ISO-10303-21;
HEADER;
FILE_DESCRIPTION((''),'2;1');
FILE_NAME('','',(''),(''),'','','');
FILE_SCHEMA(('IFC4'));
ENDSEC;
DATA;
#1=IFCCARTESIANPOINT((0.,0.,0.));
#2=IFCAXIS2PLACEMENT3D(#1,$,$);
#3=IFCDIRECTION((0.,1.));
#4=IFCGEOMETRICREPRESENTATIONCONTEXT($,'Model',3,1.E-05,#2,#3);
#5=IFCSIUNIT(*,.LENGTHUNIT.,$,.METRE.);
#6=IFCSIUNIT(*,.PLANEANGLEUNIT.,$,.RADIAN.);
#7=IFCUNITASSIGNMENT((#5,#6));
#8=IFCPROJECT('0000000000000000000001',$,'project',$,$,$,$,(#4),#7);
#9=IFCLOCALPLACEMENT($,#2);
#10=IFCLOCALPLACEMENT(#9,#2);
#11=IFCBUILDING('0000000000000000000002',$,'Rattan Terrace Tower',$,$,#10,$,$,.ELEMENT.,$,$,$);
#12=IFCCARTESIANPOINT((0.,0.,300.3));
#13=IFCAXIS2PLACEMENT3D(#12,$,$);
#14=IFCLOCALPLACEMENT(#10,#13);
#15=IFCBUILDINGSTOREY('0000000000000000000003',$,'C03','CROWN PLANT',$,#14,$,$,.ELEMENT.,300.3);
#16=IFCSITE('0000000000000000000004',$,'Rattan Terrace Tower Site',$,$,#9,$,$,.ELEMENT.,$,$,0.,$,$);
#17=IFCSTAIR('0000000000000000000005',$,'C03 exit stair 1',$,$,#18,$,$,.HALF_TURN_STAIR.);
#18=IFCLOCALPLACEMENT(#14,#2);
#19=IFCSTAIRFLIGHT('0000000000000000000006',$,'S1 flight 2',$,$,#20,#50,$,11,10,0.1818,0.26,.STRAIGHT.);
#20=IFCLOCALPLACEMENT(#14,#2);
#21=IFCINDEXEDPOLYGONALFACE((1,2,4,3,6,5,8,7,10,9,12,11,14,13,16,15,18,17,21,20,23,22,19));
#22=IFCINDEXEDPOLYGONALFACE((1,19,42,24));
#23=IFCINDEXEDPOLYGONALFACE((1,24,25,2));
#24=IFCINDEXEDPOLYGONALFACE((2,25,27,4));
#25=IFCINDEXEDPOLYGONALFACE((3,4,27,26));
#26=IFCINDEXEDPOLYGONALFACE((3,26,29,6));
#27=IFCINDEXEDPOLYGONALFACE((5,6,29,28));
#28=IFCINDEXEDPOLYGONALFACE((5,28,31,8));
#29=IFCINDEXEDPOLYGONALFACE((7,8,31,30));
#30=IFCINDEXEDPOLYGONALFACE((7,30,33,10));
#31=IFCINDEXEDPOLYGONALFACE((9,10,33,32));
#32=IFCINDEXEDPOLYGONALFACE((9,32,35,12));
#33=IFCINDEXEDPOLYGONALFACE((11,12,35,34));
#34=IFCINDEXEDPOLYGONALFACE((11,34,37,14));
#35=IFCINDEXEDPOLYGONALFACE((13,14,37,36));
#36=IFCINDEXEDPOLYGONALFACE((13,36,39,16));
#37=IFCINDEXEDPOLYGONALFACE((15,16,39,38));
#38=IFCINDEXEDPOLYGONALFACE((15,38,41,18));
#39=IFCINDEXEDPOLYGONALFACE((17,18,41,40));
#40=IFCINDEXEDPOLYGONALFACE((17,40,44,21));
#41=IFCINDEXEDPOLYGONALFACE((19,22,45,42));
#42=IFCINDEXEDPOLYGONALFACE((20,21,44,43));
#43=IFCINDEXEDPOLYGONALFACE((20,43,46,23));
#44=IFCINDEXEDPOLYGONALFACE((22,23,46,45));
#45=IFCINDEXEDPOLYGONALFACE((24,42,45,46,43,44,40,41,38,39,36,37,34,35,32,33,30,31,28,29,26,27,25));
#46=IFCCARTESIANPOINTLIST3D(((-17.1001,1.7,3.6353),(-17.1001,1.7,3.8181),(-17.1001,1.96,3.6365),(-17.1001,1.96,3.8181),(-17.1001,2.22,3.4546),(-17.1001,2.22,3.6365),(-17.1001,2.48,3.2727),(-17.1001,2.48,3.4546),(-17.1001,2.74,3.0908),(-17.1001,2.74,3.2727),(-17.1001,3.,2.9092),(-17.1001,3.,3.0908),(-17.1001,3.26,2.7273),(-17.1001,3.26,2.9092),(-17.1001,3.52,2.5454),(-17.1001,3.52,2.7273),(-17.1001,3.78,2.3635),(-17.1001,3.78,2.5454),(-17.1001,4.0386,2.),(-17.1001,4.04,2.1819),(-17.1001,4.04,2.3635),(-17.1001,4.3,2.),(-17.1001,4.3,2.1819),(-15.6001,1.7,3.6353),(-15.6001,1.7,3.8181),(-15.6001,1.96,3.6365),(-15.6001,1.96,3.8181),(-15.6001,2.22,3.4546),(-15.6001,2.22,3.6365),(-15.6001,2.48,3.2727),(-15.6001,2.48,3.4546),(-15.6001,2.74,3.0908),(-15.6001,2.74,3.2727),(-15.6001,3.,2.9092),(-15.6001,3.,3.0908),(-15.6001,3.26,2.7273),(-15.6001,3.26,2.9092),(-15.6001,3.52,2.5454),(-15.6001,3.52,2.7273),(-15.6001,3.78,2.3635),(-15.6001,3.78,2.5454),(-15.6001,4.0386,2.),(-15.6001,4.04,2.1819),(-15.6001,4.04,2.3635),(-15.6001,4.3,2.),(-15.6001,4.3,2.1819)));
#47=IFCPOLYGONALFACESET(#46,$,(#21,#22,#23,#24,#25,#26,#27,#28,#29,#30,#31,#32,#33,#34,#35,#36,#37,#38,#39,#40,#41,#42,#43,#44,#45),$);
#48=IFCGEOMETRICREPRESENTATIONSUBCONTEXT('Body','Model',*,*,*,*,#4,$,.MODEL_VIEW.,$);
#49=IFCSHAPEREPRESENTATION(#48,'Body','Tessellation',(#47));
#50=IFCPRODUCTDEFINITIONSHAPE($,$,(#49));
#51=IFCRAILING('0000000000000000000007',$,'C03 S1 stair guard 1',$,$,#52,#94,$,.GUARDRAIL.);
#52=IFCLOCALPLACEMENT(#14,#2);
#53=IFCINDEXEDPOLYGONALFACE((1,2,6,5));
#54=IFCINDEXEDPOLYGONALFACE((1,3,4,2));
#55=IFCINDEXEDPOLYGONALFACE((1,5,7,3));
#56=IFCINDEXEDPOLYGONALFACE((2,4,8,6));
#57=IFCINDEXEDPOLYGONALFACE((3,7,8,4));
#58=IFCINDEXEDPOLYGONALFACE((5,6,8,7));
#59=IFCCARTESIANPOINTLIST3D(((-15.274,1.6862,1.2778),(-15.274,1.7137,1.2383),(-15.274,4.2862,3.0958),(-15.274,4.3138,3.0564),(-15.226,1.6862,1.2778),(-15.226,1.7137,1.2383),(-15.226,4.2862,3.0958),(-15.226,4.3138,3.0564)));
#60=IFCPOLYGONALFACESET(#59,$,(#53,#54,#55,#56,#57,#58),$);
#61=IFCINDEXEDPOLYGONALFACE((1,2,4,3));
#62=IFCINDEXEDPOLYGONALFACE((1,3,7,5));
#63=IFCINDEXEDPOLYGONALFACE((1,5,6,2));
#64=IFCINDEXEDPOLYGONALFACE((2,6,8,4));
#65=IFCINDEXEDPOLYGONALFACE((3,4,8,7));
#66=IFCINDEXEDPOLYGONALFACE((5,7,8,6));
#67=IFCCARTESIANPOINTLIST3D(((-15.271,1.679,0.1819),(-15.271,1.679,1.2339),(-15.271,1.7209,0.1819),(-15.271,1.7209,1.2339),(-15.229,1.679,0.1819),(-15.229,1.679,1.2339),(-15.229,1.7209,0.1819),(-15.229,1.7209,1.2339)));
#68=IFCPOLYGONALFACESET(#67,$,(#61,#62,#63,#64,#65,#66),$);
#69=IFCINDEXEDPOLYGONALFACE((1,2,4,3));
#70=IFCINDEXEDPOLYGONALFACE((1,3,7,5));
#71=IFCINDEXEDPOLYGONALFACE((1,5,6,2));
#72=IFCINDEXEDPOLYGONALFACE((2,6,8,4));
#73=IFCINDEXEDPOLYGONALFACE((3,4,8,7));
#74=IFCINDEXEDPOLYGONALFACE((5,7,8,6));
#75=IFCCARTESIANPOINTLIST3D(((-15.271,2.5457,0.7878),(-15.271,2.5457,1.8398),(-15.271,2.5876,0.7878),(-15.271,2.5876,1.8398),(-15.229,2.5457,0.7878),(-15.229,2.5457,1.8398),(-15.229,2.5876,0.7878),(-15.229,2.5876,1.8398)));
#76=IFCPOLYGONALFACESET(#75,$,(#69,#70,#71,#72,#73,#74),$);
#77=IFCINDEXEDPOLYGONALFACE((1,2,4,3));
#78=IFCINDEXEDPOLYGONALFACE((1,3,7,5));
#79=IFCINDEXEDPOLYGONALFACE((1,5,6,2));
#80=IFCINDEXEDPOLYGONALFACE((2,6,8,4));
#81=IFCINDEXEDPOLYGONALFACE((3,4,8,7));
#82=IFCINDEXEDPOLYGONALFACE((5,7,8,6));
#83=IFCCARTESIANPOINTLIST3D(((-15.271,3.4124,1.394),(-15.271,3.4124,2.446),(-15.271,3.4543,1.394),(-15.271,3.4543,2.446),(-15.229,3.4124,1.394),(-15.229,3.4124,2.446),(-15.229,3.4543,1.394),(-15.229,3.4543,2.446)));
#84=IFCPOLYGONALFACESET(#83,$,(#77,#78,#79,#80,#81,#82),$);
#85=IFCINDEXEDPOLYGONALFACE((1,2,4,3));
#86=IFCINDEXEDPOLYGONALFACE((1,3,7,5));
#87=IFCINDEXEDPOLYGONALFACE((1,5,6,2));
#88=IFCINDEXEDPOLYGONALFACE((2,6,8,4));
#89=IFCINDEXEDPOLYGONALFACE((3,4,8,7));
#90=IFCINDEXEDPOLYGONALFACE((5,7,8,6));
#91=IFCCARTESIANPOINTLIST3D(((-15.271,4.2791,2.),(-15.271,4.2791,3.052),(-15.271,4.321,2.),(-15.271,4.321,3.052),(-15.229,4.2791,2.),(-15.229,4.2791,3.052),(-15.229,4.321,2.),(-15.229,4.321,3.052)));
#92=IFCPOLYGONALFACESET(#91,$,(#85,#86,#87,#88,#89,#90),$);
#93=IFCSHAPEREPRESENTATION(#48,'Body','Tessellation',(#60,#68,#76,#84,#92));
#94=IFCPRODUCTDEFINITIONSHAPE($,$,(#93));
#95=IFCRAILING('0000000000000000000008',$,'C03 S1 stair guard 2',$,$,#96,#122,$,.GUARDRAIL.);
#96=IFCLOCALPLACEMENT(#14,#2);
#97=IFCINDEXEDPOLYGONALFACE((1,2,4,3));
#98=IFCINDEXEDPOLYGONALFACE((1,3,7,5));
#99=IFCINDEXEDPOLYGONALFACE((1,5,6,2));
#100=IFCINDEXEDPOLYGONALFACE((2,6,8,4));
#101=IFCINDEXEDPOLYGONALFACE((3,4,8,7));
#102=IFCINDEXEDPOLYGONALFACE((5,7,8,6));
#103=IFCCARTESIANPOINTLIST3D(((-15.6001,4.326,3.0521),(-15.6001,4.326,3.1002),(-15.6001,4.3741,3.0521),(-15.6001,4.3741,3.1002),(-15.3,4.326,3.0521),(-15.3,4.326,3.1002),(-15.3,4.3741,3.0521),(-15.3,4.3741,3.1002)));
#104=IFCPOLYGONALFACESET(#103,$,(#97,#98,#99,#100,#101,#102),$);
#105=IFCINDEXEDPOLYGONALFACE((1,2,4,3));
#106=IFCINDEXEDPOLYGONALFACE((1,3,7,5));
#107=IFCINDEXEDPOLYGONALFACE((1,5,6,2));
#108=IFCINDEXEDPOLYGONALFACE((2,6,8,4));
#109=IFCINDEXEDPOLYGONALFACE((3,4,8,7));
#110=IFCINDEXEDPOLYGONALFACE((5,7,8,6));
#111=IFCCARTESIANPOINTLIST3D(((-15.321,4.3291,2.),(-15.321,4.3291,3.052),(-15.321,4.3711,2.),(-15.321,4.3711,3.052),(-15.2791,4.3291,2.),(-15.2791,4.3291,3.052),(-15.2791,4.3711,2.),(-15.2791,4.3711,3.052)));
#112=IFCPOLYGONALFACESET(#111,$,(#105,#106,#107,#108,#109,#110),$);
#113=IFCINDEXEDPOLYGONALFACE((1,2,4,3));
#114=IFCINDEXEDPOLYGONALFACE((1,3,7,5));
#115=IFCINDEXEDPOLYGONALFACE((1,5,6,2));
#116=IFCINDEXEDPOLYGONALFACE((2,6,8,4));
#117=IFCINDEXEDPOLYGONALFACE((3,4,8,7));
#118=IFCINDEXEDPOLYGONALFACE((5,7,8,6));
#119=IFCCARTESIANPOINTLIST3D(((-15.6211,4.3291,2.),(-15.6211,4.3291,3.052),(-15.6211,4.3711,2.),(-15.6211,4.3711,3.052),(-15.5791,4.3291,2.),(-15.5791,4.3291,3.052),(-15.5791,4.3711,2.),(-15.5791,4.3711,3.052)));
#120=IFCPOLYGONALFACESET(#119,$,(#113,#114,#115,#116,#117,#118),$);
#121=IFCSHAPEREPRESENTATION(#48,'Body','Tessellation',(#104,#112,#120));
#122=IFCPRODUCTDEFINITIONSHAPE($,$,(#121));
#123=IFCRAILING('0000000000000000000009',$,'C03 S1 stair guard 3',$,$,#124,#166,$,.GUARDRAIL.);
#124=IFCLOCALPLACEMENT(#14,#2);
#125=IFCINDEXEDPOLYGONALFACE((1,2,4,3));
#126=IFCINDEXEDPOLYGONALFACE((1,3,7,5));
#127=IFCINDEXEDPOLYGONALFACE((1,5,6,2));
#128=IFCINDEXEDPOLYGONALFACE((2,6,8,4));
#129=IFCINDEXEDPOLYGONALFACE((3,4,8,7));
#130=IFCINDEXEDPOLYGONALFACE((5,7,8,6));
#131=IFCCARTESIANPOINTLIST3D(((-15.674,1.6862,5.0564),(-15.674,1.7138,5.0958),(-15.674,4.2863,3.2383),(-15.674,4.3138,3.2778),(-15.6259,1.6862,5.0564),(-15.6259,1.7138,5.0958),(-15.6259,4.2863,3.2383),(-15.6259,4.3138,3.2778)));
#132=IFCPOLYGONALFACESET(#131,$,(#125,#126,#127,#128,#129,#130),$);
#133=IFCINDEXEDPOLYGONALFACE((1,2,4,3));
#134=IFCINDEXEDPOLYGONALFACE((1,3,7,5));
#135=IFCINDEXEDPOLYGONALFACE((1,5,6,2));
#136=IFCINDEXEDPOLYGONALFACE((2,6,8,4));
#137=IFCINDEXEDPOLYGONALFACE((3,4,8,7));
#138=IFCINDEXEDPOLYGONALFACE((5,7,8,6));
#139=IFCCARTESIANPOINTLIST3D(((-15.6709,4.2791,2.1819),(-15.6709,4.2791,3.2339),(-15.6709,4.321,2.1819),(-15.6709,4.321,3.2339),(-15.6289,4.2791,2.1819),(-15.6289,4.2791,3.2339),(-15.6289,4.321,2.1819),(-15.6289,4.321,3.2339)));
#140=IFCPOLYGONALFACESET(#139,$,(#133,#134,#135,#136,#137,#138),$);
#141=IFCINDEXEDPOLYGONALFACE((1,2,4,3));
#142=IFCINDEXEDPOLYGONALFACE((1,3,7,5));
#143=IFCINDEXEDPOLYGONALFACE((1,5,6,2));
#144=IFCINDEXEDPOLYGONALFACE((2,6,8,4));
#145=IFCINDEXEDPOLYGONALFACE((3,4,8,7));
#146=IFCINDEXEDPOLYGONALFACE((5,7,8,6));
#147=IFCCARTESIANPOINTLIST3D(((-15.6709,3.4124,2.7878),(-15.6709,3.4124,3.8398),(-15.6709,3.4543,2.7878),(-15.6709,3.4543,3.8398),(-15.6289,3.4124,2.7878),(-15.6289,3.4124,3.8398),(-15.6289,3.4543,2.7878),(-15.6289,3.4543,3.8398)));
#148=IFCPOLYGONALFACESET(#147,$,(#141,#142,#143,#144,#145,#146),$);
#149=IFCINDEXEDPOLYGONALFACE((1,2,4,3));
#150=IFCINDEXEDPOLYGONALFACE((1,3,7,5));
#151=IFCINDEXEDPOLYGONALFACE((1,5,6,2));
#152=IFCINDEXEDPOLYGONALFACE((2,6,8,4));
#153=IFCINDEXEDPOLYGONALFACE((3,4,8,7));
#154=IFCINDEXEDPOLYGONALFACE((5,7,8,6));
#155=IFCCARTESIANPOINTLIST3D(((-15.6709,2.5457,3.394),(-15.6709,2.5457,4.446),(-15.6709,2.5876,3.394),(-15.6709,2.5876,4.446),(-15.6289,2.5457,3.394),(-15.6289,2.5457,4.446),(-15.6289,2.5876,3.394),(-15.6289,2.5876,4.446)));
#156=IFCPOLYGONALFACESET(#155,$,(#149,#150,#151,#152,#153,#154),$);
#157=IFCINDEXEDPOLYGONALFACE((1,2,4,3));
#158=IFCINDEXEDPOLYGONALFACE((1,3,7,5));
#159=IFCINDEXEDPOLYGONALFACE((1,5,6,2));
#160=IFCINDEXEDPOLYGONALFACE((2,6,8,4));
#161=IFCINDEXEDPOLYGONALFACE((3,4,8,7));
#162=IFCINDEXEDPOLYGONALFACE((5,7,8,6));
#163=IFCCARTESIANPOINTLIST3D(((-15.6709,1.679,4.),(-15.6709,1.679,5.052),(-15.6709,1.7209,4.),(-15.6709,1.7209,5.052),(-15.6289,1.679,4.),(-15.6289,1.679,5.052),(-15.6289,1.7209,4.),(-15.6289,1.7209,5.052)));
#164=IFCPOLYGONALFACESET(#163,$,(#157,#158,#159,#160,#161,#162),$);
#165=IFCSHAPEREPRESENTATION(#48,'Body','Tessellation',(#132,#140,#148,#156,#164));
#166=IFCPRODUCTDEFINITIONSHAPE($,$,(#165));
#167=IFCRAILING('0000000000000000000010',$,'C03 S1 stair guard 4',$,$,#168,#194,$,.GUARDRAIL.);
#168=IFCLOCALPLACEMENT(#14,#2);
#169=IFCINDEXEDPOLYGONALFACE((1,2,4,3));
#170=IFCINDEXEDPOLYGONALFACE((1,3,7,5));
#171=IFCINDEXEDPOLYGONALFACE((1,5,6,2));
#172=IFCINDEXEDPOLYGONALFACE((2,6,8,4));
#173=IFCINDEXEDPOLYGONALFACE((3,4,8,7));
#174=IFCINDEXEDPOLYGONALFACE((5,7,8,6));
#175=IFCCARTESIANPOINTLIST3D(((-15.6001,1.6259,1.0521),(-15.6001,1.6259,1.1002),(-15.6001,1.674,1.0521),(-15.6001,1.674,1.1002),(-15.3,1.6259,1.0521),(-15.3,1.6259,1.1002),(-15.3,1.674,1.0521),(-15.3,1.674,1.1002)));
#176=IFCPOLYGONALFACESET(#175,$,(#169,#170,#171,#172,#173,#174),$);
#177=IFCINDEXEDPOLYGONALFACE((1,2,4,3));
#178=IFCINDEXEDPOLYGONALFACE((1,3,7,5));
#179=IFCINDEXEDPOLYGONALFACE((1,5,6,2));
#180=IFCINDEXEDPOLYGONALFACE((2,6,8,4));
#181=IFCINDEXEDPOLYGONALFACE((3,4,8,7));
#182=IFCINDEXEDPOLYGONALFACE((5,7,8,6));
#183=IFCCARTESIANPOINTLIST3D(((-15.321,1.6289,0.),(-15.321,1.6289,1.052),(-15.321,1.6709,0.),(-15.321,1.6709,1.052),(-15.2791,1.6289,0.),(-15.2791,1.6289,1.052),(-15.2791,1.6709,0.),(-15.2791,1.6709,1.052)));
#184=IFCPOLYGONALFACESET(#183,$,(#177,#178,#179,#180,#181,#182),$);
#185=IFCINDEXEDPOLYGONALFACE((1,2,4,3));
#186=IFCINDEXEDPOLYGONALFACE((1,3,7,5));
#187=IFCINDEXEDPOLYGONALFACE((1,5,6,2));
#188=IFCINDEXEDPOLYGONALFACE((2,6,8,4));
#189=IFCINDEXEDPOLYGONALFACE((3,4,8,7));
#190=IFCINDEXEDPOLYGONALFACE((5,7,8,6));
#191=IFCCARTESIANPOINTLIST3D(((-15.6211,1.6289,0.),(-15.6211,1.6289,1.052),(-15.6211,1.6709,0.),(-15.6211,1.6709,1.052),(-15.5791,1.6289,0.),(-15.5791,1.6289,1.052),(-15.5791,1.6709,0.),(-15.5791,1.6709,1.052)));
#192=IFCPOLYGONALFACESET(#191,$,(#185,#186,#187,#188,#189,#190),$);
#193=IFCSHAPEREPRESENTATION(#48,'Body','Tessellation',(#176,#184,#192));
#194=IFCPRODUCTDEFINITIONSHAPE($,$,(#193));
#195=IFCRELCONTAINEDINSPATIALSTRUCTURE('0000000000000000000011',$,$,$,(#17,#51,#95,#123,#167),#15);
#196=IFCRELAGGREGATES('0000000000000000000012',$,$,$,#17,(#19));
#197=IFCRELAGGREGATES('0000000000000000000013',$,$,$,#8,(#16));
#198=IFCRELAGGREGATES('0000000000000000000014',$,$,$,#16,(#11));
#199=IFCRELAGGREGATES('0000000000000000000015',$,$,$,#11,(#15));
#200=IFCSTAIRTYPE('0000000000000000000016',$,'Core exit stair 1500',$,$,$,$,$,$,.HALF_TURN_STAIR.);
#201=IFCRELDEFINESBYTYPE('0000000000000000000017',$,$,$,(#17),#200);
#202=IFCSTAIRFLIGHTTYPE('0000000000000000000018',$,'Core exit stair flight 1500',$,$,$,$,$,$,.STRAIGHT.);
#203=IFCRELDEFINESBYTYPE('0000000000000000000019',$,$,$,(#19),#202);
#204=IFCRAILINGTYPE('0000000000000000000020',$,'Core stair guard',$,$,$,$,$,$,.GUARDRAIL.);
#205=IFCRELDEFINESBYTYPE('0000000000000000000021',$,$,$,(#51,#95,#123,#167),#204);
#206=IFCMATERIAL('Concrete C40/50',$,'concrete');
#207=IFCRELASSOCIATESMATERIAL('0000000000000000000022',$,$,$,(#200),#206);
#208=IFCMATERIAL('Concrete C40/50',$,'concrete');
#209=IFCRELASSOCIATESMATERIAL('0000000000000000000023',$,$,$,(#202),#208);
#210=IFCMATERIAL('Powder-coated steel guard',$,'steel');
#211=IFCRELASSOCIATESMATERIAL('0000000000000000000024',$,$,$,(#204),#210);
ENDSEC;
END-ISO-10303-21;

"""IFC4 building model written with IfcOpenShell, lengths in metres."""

from ifc_helpers import new_model, si_unit, direction, frame, origin, origin_2d, place, context, subcontext, project, spatial, polyline, rectangle, outline, extrude, material, type_object, element, aggregate, save


model = new_model("IFC4")

# Units and contexts
model_context = context("Model", 3, precision=1e-05, world=origin(), true_north=direction((0.0, 1.0)))
body_context = subcontext(model_context, "Body", "Model", "MODEL_VIEW")
ifc_project = project(units=[si_unit("LENGTHUNIT", "METRE"), si_unit("PLANEANGLEUNIT", "RADIAN")], contexts=[model_context])

# Site, building, storey
site_placement = place(None, origin())
site = spatial("IfcSite", under=ifc_project, at=site_placement, Name="Rattan Terrace Tower Site", CompositionType="ELEMENT", RefElevation=0.0)
building_placement = place(site_placement, origin())
building = spatial("IfcBuilding", under=site, at=building_placement, Name="Rattan Terrace Tower", CompositionType="ELEMENT")
storey_placement = place(building_placement, frame((0.0, 0.0, 300.3)))
storey = spatial("IfcBuildingStorey", under=building, at=storey_placement, Name="C03", Description="CROWN PLANT", CompositionType="ELEMENT", Elevation=300.3)

# Stair, stair flight
ifc_material_1 = material(Name="Concrete C40/50", Category="concrete")
stair_type = type_object("IfcStairType", Name="Core exit stair 1500", PredefinedType="HALF_TURN_STAIR", material=ifc_material_1)
stair_placement = place(storey_placement, origin())
stair = element("IfcStair", 1, at=stair_placement, inside=storey, type_object=stair_type, Name="C03 exit stair 1", PredefinedType="HALF_TURN_STAIR")
ifc_material_2 = material(Name="Concrete C40/50", Category="concrete")
stair_flight_type = type_object("IfcStairFlightType", Name="Core exit stair flight 1500", PredefinedType="STRAIGHT", material=ifc_material_2)
stair_flight_1_placement = place(storey_placement, frame((-16.3501, 4.3, 2.0), z_axis=(0.0, 0.0, 1.0), x_axis=(0.0, -1.0, 0.0)))
stair_flight_1 = element("IfcStairFlight", 2, at=stair_flight_1_placement, type_object=stair_flight_type, Name="S1 flight 2", NumberOfRisers=11, NumberOfTreads=10, PredefinedType="STRAIGHT", RiserHeight=0.1818, TreadLength=0.26, context=body_context, shape_type="SweptSolid", body=[
    extrude(outline(polyline([(0.0, 0.0), (0.0, 0.1819), (0.26, 0.1819), (0.26, 0.3635), (0.52, 0.3635), (0.52, 0.5454), (0.78, 0.5454), (0.78, 0.7273), (1.04, 0.7273), (1.04, 0.9092), (1.3, 0.9092), (1.3, 1.0908), (1.5601, 1.0908), (1.5601, 1.2727), (1.8201, 1.2727), (1.8201, 1.4546), (2.0801, 1.4546), (2.0801, 1.6365), (2.3401, 1.6365), (2.3401, 1.8181), (2.6001, 1.8181), (2.6001, 2.0), (2.6001, 1.6353), (0.2615, 0.0), (0.0, 0.0)])), frame((0.0, 0.75, 0.0), z_axis=(0.0, -1.0, 0.0), x_axis=(1.0, 0.0, 0.0)), (0.0, 0.0, 1.0), 1.5),
])
aggregate(stair, [stair_flight_1])

# Railings
ifc_material_3 = material(Name="Powder-coated steel guard", Category="steel")
railing_type_1 = type_object("IfcRailingType", Name="Core stair guard", PredefinedType="GUARDRAIL", material=ifc_material_3)
railing_1_placement = place(storey_placement, frame((-15.25, 1.7, 0.1819)))
element("IfcRailing", 3, at=railing_1_placement, inside=storey, type_object=railing_type_1, Name="C03 S1 stair guard 1", PredefinedType="GUARDRAIL", context=body_context, shape_type="SweptSolid", body=[
    extrude(rectangle(XDim=0.0481, YDim=0.0481, at=origin_2d()), frame((0.0, 0.0, 1.0762), z_axis=(0.0, 0.819521, 0.573049), x_axis=(-1.0, 0.0, 0.0)), (0.0, 0.0, 1.0), 3.1726),
    extrude(rectangle(XDim=0.042, YDim=0.042, at=origin_2d()), origin(), (0.0, 0.0, 1.0), 1.052),
    extrude(rectangle(XDim=0.042, YDim=0.042, at=origin_2d()), frame((0.0, 0.8667, 0.606)), (0.0, 0.0, 1.0), 1.052),
    extrude(rectangle(XDim=0.042, YDim=0.042, at=origin_2d()), frame((0.0, 1.7334, 1.2122)), (0.0, 0.0, 1.0), 1.052),
    extrude(rectangle(XDim=0.042, YDim=0.042, at=origin_2d()), frame((0.0, 2.6001, 1.8181)), (0.0, 0.0, 1.0), 1.052),
])
railing_2_placement = place(storey_placement, frame((-15.3, 4.3501, 2.0)))
element("IfcRailing", 4, at=railing_2_placement, inside=storey, type_object=railing_type_1, Name="C03 S1 stair guard 2", PredefinedType="GUARDRAIL", context=body_context, shape_type="SweptSolid", body=[
    extrude(rectangle(XDim=0.0481, YDim=0.0481, at=origin_2d()), frame((0.0, 0.0, 1.0762), z_axis=(-1.0, 0.0, 0.0), x_axis=(0.0, -1.0, 0.0)), (0.0, 0.0, 1.0), 0.3),
    extrude(rectangle(XDim=0.042, YDim=0.042, at=origin_2d()), origin(), (0.0, 0.0, 1.0), 1.052),
    extrude(rectangle(XDim=0.042, YDim=0.042, at=origin_2d()), frame((-0.3, 0.0, 0.0)), (0.0, 0.0, 1.0), 1.052),
])
railing_3_placement = place(storey_placement, frame((-15.6499, 4.3, 2.1819)))
element("IfcRailing", 5, at=railing_3_placement, inside=storey, type_object=railing_type_1, Name="C03 S1 stair guard 3", PredefinedType="GUARDRAIL", context=body_context, shape_type="SweptSolid", body=[
    extrude(rectangle(XDim=0.0481, YDim=0.0481, at=origin_2d()), frame((0.0, 0.0, 1.0762), z_axis=(0.0, -0.819521, 0.573049), x_axis=(1.0, 0.0, 0.0)), (0.0, 0.0, 1.0), 3.1726),
    extrude(rectangle(XDim=0.042, YDim=0.042, at=origin_2d()), origin(), (0.0, 0.0, 1.0), 1.052),
    extrude(rectangle(XDim=0.042, YDim=0.042, at=origin_2d()), frame((0.0, -0.8667, 0.606)), (0.0, 0.0, 1.0), 1.052),
    extrude(rectangle(XDim=0.042, YDim=0.042, at=origin_2d()), frame((0.0, -1.7334, 1.2122)), (0.0, 0.0, 1.0), 1.052),
    extrude(rectangle(XDim=0.042, YDim=0.042, at=origin_2d()), frame((0.0, -2.6001, 1.8181)), (0.0, 0.0, 1.0), 1.052),
])
railing_4_placement = place(storey_placement, frame((-15.3, 1.6499, 0.0)))
element("IfcRailing", 6, at=railing_4_placement, inside=storey, type_object=railing_type_1, Name="C03 S1 stair guard 4", PredefinedType="GUARDRAIL", context=body_context, shape_type="SweptSolid", body=[
    extrude(rectangle(XDim=0.0481, YDim=0.0481, at=origin_2d()), frame((0.0, 0.0, 1.0762), z_axis=(-1.0, 0.0, 0.0), x_axis=(0.0, -1.0, 0.0)), (0.0, 0.0, 1.0), 0.3),
    extrude(rectangle(XDim=0.042, YDim=0.042, at=origin_2d()), origin(), (0.0, 0.0, 1.0), 1.052),
    extrude(rectangle(XDim=0.042, YDim=0.042, at=origin_2d()), frame((-0.3, 0.0, 0.0)), (0.0, 0.0, 1.0), 1.052),
])

save(model, "model.ifc")
